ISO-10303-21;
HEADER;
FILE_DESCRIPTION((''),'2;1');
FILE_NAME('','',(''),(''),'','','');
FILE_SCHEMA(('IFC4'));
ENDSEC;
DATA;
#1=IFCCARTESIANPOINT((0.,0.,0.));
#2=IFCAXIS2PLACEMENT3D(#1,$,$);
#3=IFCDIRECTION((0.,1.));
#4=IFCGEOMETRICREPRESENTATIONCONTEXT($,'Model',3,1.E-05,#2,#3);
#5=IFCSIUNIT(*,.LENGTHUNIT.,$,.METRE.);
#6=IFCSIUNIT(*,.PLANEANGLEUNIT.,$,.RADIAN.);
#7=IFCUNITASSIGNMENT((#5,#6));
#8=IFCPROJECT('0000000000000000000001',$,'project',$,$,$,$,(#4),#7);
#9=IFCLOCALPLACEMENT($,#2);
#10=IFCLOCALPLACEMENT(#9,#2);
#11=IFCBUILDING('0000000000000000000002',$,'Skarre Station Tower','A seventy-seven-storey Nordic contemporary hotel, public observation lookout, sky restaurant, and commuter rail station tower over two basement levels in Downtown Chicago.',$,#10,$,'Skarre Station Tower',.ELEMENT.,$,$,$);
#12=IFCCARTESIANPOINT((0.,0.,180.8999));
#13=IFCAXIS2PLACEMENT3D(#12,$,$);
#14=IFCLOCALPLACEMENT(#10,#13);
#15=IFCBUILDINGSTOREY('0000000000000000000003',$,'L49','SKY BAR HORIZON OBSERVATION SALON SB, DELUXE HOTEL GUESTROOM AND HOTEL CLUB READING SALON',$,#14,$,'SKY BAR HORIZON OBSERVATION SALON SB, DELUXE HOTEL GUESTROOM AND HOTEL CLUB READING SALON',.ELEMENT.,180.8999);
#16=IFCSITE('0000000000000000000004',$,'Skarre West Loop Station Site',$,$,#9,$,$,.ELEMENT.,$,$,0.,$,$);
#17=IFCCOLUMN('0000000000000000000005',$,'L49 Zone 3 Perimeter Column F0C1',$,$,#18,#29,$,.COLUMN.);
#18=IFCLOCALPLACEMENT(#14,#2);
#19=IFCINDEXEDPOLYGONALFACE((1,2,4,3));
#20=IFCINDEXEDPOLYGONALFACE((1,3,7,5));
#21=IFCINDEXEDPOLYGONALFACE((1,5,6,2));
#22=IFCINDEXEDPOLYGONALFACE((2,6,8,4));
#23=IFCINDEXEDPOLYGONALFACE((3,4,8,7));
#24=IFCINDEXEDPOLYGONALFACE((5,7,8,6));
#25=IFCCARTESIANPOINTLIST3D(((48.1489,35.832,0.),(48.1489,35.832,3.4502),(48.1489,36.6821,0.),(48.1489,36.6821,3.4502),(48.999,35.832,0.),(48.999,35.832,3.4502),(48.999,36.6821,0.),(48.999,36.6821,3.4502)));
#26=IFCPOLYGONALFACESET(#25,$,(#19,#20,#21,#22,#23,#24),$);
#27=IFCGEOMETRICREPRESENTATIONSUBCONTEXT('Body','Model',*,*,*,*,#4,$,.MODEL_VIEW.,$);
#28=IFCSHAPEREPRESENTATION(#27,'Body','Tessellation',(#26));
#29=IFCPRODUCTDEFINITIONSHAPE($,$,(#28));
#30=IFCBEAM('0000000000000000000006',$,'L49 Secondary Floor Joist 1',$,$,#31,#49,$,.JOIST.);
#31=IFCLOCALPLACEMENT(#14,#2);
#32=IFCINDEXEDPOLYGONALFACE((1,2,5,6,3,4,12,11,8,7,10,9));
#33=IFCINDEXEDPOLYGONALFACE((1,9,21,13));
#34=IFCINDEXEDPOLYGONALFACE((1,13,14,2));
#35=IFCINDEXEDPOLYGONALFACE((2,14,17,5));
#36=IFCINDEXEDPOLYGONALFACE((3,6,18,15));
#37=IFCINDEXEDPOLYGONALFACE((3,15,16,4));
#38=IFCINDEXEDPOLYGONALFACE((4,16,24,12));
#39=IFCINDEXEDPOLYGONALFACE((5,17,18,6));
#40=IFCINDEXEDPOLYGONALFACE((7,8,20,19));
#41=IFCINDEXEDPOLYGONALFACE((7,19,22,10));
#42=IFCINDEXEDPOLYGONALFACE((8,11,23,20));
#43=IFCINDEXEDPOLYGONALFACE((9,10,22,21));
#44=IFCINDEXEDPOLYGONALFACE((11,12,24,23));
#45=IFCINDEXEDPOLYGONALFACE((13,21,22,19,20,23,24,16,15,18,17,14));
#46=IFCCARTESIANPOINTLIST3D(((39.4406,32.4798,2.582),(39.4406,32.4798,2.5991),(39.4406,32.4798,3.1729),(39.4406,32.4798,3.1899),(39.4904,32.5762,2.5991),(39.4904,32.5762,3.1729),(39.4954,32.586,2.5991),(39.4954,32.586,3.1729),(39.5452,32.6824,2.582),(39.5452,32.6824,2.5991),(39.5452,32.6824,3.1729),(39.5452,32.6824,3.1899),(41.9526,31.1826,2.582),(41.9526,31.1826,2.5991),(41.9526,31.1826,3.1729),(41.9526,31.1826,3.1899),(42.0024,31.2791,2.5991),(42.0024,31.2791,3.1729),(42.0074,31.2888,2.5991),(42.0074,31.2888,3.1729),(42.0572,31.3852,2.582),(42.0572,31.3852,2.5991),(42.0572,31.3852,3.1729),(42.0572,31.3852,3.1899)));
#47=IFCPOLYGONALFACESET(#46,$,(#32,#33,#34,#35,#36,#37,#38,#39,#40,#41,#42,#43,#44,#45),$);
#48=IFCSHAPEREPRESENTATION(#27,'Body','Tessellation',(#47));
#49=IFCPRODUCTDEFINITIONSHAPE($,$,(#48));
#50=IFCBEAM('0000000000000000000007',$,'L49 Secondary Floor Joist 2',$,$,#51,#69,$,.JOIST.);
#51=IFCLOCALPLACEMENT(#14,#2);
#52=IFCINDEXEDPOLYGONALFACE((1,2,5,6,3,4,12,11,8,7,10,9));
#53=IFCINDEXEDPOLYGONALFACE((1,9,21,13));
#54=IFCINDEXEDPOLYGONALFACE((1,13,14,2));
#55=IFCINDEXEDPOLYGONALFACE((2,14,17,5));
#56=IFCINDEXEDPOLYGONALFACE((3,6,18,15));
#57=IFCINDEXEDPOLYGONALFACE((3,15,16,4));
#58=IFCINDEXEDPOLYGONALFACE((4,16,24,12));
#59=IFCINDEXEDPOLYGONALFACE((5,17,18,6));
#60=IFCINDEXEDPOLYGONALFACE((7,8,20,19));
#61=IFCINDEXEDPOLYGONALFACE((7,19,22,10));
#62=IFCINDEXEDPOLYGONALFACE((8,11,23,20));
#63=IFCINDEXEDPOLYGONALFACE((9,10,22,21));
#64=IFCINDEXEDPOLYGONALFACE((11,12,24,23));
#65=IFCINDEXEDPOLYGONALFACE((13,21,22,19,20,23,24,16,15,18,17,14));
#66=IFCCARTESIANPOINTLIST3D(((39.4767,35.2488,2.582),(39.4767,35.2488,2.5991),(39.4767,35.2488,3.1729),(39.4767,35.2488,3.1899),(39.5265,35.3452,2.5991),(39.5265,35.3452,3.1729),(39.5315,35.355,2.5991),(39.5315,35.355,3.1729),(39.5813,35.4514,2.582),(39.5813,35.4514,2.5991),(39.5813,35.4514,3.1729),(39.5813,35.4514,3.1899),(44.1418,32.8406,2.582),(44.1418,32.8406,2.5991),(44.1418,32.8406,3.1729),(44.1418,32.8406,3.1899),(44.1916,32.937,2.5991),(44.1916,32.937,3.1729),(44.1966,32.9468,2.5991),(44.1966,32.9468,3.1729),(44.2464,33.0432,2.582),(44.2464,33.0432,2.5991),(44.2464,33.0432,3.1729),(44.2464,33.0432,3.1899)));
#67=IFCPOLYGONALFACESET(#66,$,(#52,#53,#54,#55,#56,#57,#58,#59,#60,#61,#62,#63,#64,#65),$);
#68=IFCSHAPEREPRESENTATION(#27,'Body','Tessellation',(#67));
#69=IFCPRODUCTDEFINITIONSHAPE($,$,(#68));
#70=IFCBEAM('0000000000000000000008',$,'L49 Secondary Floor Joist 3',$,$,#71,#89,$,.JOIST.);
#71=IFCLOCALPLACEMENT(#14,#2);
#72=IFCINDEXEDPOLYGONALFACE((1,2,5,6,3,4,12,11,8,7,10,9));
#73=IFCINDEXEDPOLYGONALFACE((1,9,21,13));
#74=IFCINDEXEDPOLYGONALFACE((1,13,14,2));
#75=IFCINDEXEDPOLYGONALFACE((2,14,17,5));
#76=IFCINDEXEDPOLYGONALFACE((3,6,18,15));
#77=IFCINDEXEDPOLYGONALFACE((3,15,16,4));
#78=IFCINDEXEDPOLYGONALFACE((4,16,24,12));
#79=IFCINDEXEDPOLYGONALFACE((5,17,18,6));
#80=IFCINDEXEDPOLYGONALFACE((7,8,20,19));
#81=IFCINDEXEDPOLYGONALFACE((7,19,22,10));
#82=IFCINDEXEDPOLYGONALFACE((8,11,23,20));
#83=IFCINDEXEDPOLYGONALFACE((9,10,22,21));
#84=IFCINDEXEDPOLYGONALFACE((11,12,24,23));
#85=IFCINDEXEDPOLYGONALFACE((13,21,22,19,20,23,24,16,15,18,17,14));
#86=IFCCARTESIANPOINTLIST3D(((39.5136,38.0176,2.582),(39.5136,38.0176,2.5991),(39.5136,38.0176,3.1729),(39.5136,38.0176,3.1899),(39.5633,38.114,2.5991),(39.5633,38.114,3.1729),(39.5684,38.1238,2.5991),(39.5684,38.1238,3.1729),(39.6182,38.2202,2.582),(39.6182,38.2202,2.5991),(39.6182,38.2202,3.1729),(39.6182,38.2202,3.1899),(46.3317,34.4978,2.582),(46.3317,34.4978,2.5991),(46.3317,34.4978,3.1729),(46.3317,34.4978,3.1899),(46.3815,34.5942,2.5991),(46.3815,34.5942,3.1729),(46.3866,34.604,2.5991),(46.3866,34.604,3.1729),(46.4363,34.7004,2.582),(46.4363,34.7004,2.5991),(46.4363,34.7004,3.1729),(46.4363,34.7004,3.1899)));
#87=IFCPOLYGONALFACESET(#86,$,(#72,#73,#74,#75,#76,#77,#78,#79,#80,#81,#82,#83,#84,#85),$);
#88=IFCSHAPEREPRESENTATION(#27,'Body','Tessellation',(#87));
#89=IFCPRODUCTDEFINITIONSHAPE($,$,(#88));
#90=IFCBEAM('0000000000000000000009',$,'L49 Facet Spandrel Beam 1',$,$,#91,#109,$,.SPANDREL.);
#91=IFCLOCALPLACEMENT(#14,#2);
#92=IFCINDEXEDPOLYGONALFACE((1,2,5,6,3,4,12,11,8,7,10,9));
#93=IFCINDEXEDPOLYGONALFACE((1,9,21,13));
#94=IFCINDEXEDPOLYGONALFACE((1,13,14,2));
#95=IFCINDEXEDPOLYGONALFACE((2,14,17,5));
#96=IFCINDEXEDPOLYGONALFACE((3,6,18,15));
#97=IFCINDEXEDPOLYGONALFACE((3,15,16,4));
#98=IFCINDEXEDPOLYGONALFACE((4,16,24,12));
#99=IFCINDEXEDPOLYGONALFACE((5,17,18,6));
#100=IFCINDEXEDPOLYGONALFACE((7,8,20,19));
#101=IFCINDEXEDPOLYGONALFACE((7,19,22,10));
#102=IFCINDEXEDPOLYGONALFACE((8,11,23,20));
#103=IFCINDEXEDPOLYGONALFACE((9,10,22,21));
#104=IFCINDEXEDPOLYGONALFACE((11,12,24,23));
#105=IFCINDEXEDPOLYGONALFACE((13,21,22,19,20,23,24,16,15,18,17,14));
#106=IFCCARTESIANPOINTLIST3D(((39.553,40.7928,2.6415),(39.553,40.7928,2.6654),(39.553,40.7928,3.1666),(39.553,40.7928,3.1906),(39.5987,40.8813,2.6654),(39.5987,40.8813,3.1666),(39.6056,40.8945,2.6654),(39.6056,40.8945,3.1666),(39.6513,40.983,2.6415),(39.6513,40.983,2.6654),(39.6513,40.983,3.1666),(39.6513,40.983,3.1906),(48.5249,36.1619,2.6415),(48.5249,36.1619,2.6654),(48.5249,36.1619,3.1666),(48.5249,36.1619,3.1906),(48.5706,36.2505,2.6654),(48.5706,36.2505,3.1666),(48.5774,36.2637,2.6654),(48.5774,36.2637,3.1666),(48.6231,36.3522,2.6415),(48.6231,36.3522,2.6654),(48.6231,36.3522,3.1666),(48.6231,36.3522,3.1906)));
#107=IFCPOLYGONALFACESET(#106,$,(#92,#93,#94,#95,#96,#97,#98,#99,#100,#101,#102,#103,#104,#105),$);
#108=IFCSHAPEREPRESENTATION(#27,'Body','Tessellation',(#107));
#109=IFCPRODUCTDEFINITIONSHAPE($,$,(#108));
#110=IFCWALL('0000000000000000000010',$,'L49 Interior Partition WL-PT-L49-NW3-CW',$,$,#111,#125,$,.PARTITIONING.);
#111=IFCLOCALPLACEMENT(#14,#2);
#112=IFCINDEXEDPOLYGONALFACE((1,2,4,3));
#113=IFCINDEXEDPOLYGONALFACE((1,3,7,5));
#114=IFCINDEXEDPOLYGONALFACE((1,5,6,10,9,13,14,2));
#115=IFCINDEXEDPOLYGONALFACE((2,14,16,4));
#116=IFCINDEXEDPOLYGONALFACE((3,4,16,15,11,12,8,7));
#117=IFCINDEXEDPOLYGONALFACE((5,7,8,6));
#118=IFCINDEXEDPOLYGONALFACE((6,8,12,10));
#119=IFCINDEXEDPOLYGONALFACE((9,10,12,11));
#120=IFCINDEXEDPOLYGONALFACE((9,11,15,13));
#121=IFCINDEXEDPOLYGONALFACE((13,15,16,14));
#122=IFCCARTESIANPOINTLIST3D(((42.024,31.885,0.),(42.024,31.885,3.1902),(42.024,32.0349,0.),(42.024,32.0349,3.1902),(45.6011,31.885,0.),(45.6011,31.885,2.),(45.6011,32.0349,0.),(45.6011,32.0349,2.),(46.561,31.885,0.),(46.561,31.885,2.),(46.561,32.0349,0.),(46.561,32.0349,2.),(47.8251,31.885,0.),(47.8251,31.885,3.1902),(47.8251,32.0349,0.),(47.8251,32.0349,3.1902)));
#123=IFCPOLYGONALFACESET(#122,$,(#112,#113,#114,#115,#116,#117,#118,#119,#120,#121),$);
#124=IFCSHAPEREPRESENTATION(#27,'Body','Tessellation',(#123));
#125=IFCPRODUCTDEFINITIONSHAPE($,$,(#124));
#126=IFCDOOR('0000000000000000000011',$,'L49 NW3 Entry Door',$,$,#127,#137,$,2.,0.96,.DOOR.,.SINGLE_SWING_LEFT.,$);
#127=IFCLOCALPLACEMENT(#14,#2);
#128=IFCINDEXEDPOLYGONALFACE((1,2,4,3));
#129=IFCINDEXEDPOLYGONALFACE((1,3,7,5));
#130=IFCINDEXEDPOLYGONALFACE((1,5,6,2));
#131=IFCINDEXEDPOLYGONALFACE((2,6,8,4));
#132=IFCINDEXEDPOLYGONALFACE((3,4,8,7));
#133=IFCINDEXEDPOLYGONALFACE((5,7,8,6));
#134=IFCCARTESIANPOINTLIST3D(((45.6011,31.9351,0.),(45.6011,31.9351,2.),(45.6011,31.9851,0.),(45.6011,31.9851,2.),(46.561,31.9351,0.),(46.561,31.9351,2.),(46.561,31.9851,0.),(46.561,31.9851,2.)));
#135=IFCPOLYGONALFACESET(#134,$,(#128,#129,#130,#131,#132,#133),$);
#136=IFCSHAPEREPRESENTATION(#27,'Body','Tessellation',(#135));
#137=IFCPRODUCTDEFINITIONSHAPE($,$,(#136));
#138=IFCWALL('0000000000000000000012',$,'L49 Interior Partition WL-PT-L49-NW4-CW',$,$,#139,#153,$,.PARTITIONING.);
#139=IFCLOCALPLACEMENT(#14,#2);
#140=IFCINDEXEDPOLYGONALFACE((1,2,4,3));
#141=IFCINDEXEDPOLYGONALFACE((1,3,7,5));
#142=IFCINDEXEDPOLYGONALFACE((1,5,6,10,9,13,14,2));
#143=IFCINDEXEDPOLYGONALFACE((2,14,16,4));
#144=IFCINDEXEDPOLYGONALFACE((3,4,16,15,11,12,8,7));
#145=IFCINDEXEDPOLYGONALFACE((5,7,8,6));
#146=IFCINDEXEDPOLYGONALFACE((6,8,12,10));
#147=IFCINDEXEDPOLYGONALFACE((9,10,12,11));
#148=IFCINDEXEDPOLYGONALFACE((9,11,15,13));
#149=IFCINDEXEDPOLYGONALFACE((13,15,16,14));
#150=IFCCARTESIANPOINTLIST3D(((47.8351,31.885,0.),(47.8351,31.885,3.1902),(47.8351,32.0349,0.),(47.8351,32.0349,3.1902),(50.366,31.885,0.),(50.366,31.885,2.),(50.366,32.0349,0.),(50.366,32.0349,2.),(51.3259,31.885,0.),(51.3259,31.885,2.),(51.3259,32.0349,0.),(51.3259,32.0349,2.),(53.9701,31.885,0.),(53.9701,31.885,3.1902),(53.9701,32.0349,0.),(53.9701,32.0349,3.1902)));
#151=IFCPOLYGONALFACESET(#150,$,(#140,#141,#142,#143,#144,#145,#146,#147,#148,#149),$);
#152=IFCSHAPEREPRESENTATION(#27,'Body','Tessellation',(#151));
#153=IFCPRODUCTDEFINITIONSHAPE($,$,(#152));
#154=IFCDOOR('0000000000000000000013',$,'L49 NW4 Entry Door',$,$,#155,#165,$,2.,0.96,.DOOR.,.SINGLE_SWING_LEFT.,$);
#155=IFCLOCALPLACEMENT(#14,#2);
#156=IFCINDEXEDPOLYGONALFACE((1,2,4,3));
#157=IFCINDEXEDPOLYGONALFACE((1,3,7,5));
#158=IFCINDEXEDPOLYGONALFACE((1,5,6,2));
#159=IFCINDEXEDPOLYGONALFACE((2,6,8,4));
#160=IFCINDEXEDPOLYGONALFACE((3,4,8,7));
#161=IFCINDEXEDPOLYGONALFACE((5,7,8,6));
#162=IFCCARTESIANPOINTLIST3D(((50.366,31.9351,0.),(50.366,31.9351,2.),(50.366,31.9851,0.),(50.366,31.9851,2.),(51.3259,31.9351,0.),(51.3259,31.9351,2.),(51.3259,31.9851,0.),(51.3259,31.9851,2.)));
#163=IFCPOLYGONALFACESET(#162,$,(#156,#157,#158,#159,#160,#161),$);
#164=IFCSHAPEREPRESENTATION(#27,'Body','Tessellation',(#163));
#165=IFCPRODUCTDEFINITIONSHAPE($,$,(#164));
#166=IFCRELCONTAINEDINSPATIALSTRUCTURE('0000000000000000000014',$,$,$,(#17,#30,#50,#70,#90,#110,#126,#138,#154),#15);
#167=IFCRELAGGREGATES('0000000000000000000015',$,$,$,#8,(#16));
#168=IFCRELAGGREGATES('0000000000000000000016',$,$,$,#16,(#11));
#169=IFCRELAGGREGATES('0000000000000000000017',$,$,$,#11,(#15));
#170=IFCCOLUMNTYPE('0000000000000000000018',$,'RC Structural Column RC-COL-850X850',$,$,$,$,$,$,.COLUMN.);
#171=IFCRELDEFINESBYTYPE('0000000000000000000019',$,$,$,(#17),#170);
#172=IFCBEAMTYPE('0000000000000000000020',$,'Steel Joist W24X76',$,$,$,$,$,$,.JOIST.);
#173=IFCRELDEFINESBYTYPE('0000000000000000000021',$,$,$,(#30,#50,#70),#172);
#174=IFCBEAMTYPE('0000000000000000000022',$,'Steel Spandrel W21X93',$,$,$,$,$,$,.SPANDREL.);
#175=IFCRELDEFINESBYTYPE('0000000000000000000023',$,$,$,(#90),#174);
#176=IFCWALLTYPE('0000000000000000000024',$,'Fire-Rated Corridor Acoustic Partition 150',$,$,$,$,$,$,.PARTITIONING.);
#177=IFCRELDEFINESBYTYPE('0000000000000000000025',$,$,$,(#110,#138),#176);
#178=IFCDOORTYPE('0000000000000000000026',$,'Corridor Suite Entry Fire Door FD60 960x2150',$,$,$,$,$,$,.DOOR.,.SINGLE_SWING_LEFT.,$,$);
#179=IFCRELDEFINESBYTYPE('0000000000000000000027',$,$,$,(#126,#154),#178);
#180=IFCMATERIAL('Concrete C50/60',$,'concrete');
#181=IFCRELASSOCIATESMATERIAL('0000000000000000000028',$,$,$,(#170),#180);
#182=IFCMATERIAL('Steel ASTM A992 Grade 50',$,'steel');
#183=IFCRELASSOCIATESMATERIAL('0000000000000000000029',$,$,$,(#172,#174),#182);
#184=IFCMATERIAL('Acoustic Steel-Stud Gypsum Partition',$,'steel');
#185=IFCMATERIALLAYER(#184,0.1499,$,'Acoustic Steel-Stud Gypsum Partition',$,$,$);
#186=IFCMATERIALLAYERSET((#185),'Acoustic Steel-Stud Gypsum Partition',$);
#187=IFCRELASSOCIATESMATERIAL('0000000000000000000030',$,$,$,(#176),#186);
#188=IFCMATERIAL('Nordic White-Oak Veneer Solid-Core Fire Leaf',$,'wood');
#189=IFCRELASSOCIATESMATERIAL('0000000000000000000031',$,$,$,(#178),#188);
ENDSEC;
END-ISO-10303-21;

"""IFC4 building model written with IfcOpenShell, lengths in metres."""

from ifc_helpers import new_model, si_unit, direction, frame, frame_2d, origin, origin_2d, place, context, subcontext, project, spatial, rectangle, i_section, extrude, material, layer, layer_set, material_profile, profile_set, type_object, element, fill, save


model = new_model("IFC4")

# Units and contexts
model_context = context("Model", 3, precision=1e-05, world=origin(), true_north=direction((0.0, 1.0)))
body_context = subcontext(model_context, "Body", "Model", "MODEL_VIEW")
ifc_project = project(units=[si_unit("LENGTHUNIT", "METRE"), si_unit("PLANEANGLEUNIT", "RADIAN")], contexts=[model_context])

# Site, building, storey
site_placement = place(None, origin())
site = spatial("IfcSite", under=ifc_project, at=site_placement, Name="Skarre West Loop Station Site", CompositionType="ELEMENT", RefElevation=0.0)
building_placement = place(site_placement, origin())
building = spatial("IfcBuilding", under=site, at=building_placement, Name="Skarre Station Tower", Description="A seventy-seven-storey Nordic contemporary hotel, public observation lookout, sky restaurant, and commuter rail station tower over two basement levels in Downtown Chicago.", LongName="Skarre Station Tower", CompositionType="ELEMENT")
storey_placement = place(building_placement, frame((0.0, 0.0, 180.8999)))
storey = spatial("IfcBuildingStorey", under=building, at=storey_placement, Name="L49", Description="SKY BAR HORIZON OBSERVATION SALON SB, DELUXE HOTEL GUESTROOM AND HOTEL CLUB READING SALON", LongName="SKY BAR HORIZON OBSERVATION SALON SB, DELUXE HOTEL GUESTROOM AND HOTEL CLUB READING SALON", CompositionType="ELEMENT", Elevation=180.8999)

# Column
ifc_material_1 = material(Name="Concrete C50/60", Category="concrete")
ifc_material_profile_1 = material_profile(ifc_material_1, rectangle(XDim=0.8501, YDim=0.8501, at=origin_2d()), Name="Concrete C50/60")
ifc_profile_set_1 = profile_set([ifc_material_profile_1], Name="Concrete C50/60")
column_type = type_object("IfcColumnType", Name="RC Structural Column RC-COL-850X850", PredefinedType="COLUMN", material=ifc_profile_set_1)
column_placement = place(storey_placement, frame((48.574, 36.2571, 0.0), z_axis=(0.0, 0.0, 1.0), x_axis=(1.0, 0.0, 0.0)))
element("IfcColumn", 1, at=column_placement, inside=storey, type_object=column_type, Name="L49 Zone 3 Perimeter Column F0C1", PredefinedType="COLUMN", context=body_context, shape_type="SweptSolid", body=[
    extrude(rectangle(XDim=0.8501, YDim=0.8501, at=origin_2d()), origin(), (0.0, 0.0, 1.0), 3.4502),
])

# Beams
ifc_material_2 = material(Name="Steel ASTM A992 Grade 50", Category="steel")
ifc_material_profile_2 = material_profile(ifc_material_2, i_section(OverallWidth=0.228, OverallDepth=0.6079, WebThickness=0.011, FlangeThickness=0.0171, at=origin_2d()), Name="Steel ASTM A992 Grade 50")
ifc_profile_set_2 = profile_set([ifc_material_profile_2], Name="Steel ASTM A992 Grade 50")
beam_type_1 = type_object("IfcBeamType", Name="Steel Joist W24X76", PredefinedType="JOIST", material=ifc_profile_set_2)
beam_1_placement = place(storey_placement, frame((42.0049, 31.2839, 2.886), z_axis=(-0.888531, 0.458817, 0.0), x_axis=(-0.458817, -0.888531, 0.0)))
element("IfcBeam", 2, at=beam_1_placement, inside=storey, type_object=beam_type_1, Name="L49 Secondary Floor Joist 1", PredefinedType="JOIST", context=body_context, shape_type="SweptSolid", body=[
    extrude(i_section(OverallWidth=0.228, OverallDepth=0.6079, WebThickness=0.011, FlangeThickness=0.0171, at=origin_2d()), origin(), (0.0, 0.0, 1.0), 2.8271),
])
beam_2_placement = place(storey_placement, frame((44.1941, 32.9419, 2.886), z_axis=(-0.888586, 0.458709, 0.0), x_axis=(-0.458709, -0.888586, 0.0)))
element("IfcBeam", 3, at=beam_2_placement, inside=storey, type_object=beam_type_1, Name="L49 Secondary Floor Joist 2", PredefinedType="JOIST", context=body_context, shape_type="SweptSolid", body=[
    extrude(i_section(OverallWidth=0.228, OverallDepth=0.6079, WebThickness=0.011, FlangeThickness=0.0171, at=origin_2d()), origin(), (0.0, 0.0, 1.0), 5.25),
])
beam_3_placement = place(storey_placement, frame((46.384, 34.5991, 2.886), z_axis=(-0.888581, 0.45872, 0.0), x_axis=(-0.45872, -0.888581, 0.0)))
element("IfcBeam", 4, at=beam_3_placement, inside=storey, type_object=beam_type_1, Name="L49 Secondary Floor Joist 3", PredefinedType="JOIST", context=body_context, shape_type="SweptSolid", body=[
    extrude(i_section(OverallWidth=0.228, OverallDepth=0.6079, WebThickness=0.011, FlangeThickness=0.0171, at=origin_2d()), origin(), (0.0, 0.0, 1.0), 7.6731),
])
ifc_material_profile_3 = material_profile(ifc_material_2, i_section(OverallWidth=0.2141, OverallDepth=0.5491, WebThickness=0.0149, FlangeThickness=0.0239, at=origin_2d()), Name="Steel ASTM A992 Grade 50")
ifc_profile_set_3 = profile_set([ifc_material_profile_3], Name="Steel ASTM A992 Grade 50")
beam_type_2 = type_object("IfcBeamType", Name="Steel Spandrel W21X93", PredefinedType="SPANDREL", material=ifc_profile_set_3)
beam_4_placement = place(storey_placement, frame((48.574, 36.2571, 2.916), z_axis=(-0.888613, 0.458658, 0.0), x_axis=(-0.458658, -0.888613, 0.0)))
element("IfcBeam", 5, at=beam_4_placement, inside=storey, type_object=beam_type_2, Name="L49 Facet Spandrel Beam 1", PredefinedType="SPANDREL", context=body_context, shape_type="SweptSolid", body=[
    extrude(i_section(OverallWidth=0.2141, OverallDepth=0.5491, WebThickness=0.0149, FlangeThickness=0.0239, at=origin_2d()), origin(), (0.0, 0.0, 1.0), 10.0964),
])

# Walls, openings, doors
ifc_material_3 = material(Name="Acoustic Steel-Stud Gypsum Partition", Category="steel")
ifc_layer_1 = layer(ifc_material_3, 0.1499, Name="Acoustic Steel-Stud Gypsum Partition")
ifc_layer_set_1 = layer_set([ifc_layer_1], Name="Acoustic Steel-Stud Gypsum Partition")
wall_type_1 = type_object("IfcWallType", Name="Fire-Rated Corridor Acoustic Partition 150", PredefinedType="PARTITIONING", material=ifc_layer_set_1)
wall_1_placement = place(storey_placement, frame((47.825, 31.96, 0.0), z_axis=(0.0, 0.0, 1.0), x_axis=(-1.0, 0.0, 0.0)))
wall_1 = element("IfcWall", 6, at=wall_1_placement, inside=storey, type_object=wall_type_1, Name="L49 Interior Partition WL-PT-L49-NW3-CW", PredefinedType="PARTITIONING", context=body_context, shape_type="SweptSolid", body=[
    extrude(rectangle(XDim=5.801, YDim=0.1499, at=frame_2d((2.9004, 0.0))), origin(), (0.0, 0.0, 1.0), 3.1902),
])
opening_1_placement = place(wall_1_placement, frame((1.2639, 0.0, 0.0)))
opening_1 = element("IfcOpeningElement", 7, at=opening_1_placement, cuts=wall_1, PredefinedType="OPENING", context=body_context, shape_type="SweptSolid", body=[
    extrude(rectangle(XDim=0.96, YDim=2.0, at=frame_2d((0.48, 1.0))), frame((0.0, 0.085, 0.0), z_axis=(0.0, -1.0, 0.0), x_axis=(1.0, 0.0, 0.0)), (0.0, 0.0, 1.0), 0.1699),
])
ifc_material_4 = material(Name="Nordic White-Oak Veneer Solid-Core Fire Leaf", Category="wood")
door_type_1 = type_object("IfcDoorType", Name="Corridor Suite Entry Fire Door FD60 960x2150", OperationType="SINGLE_SWING_LEFT", PredefinedType="DOOR", material=ifc_material_4)
door_1_placement = place(opening_1_placement, origin())
door_1 = element("IfcDoor", 8, at=door_1_placement, inside=storey, type_object=door_type_1, Name="L49 NW3 Entry Door", OperationType="SINGLE_SWING_LEFT", OverallHeight=2.0, OverallWidth=0.96, PredefinedType="DOOR", context=body_context, shape_type="SweptSolid", body=[
    extrude(rectangle(XDim=0.96, YDim=2.0, at=frame_2d((0.48, 1.0))), frame((0.0, 0.0249, 0.0), z_axis=(0.0, -1.0, 0.0), x_axis=(1.0, 0.0, 0.0)), (0.0, 0.0, 1.0), 0.05),
])
fill(opening_1, door_1)
wall_2_placement = place(storey_placement, frame((53.97, 31.96, 0.0), z_axis=(0.0, 0.0, 1.0), x_axis=(-1.0, 0.0, 0.0)))
wall_2 = element("IfcWall", 9, at=wall_2_placement, inside=storey, type_object=wall_type_1, Name="L49 Interior Partition WL-PT-L49-NW4-CW", PredefinedType="PARTITIONING", context=body_context, shape_type="SweptSolid", body=[
    extrude(rectangle(XDim=6.135, YDim=0.1499, at=frame_2d((3.0674, 0.0))), origin(), (0.0, 0.0, 1.0), 3.1902),
])
opening_2_placement = place(wall_2_placement, frame((2.644, 0.0, 0.0)))
opening_2 = element("IfcOpeningElement", 10, at=opening_2_placement, cuts=wall_2, PredefinedType="OPENING", context=body_context, shape_type="SweptSolid", body=[
    extrude(rectangle(XDim=0.96, YDim=2.0, at=frame_2d((0.48, 1.0))), frame((0.0, 0.085, 0.0), z_axis=(0.0, -1.0, 0.0), x_axis=(1.0, 0.0, 0.0)), (0.0, 0.0, 1.0), 0.1699),
])
door_2_placement = place(opening_2_placement, origin())
door_2 = element("IfcDoor", 11, at=door_2_placement, inside=storey, type_object=door_type_1, Name="L49 NW4 Entry Door", OperationType="SINGLE_SWING_LEFT", OverallHeight=2.0, OverallWidth=0.96, PredefinedType="DOOR", context=body_context, shape_type="SweptSolid", body=[
    extrude(rectangle(XDim=0.96, YDim=2.0, at=frame_2d((0.48, 1.0))), frame((0.0, 0.0249, 0.0), z_axis=(0.0, -1.0, 0.0), x_axis=(1.0, 0.0, 0.0)), (0.0, 0.0, 1.0), 0.05),
])
fill(opening_2, door_2)

save(model, "model.ifc")
